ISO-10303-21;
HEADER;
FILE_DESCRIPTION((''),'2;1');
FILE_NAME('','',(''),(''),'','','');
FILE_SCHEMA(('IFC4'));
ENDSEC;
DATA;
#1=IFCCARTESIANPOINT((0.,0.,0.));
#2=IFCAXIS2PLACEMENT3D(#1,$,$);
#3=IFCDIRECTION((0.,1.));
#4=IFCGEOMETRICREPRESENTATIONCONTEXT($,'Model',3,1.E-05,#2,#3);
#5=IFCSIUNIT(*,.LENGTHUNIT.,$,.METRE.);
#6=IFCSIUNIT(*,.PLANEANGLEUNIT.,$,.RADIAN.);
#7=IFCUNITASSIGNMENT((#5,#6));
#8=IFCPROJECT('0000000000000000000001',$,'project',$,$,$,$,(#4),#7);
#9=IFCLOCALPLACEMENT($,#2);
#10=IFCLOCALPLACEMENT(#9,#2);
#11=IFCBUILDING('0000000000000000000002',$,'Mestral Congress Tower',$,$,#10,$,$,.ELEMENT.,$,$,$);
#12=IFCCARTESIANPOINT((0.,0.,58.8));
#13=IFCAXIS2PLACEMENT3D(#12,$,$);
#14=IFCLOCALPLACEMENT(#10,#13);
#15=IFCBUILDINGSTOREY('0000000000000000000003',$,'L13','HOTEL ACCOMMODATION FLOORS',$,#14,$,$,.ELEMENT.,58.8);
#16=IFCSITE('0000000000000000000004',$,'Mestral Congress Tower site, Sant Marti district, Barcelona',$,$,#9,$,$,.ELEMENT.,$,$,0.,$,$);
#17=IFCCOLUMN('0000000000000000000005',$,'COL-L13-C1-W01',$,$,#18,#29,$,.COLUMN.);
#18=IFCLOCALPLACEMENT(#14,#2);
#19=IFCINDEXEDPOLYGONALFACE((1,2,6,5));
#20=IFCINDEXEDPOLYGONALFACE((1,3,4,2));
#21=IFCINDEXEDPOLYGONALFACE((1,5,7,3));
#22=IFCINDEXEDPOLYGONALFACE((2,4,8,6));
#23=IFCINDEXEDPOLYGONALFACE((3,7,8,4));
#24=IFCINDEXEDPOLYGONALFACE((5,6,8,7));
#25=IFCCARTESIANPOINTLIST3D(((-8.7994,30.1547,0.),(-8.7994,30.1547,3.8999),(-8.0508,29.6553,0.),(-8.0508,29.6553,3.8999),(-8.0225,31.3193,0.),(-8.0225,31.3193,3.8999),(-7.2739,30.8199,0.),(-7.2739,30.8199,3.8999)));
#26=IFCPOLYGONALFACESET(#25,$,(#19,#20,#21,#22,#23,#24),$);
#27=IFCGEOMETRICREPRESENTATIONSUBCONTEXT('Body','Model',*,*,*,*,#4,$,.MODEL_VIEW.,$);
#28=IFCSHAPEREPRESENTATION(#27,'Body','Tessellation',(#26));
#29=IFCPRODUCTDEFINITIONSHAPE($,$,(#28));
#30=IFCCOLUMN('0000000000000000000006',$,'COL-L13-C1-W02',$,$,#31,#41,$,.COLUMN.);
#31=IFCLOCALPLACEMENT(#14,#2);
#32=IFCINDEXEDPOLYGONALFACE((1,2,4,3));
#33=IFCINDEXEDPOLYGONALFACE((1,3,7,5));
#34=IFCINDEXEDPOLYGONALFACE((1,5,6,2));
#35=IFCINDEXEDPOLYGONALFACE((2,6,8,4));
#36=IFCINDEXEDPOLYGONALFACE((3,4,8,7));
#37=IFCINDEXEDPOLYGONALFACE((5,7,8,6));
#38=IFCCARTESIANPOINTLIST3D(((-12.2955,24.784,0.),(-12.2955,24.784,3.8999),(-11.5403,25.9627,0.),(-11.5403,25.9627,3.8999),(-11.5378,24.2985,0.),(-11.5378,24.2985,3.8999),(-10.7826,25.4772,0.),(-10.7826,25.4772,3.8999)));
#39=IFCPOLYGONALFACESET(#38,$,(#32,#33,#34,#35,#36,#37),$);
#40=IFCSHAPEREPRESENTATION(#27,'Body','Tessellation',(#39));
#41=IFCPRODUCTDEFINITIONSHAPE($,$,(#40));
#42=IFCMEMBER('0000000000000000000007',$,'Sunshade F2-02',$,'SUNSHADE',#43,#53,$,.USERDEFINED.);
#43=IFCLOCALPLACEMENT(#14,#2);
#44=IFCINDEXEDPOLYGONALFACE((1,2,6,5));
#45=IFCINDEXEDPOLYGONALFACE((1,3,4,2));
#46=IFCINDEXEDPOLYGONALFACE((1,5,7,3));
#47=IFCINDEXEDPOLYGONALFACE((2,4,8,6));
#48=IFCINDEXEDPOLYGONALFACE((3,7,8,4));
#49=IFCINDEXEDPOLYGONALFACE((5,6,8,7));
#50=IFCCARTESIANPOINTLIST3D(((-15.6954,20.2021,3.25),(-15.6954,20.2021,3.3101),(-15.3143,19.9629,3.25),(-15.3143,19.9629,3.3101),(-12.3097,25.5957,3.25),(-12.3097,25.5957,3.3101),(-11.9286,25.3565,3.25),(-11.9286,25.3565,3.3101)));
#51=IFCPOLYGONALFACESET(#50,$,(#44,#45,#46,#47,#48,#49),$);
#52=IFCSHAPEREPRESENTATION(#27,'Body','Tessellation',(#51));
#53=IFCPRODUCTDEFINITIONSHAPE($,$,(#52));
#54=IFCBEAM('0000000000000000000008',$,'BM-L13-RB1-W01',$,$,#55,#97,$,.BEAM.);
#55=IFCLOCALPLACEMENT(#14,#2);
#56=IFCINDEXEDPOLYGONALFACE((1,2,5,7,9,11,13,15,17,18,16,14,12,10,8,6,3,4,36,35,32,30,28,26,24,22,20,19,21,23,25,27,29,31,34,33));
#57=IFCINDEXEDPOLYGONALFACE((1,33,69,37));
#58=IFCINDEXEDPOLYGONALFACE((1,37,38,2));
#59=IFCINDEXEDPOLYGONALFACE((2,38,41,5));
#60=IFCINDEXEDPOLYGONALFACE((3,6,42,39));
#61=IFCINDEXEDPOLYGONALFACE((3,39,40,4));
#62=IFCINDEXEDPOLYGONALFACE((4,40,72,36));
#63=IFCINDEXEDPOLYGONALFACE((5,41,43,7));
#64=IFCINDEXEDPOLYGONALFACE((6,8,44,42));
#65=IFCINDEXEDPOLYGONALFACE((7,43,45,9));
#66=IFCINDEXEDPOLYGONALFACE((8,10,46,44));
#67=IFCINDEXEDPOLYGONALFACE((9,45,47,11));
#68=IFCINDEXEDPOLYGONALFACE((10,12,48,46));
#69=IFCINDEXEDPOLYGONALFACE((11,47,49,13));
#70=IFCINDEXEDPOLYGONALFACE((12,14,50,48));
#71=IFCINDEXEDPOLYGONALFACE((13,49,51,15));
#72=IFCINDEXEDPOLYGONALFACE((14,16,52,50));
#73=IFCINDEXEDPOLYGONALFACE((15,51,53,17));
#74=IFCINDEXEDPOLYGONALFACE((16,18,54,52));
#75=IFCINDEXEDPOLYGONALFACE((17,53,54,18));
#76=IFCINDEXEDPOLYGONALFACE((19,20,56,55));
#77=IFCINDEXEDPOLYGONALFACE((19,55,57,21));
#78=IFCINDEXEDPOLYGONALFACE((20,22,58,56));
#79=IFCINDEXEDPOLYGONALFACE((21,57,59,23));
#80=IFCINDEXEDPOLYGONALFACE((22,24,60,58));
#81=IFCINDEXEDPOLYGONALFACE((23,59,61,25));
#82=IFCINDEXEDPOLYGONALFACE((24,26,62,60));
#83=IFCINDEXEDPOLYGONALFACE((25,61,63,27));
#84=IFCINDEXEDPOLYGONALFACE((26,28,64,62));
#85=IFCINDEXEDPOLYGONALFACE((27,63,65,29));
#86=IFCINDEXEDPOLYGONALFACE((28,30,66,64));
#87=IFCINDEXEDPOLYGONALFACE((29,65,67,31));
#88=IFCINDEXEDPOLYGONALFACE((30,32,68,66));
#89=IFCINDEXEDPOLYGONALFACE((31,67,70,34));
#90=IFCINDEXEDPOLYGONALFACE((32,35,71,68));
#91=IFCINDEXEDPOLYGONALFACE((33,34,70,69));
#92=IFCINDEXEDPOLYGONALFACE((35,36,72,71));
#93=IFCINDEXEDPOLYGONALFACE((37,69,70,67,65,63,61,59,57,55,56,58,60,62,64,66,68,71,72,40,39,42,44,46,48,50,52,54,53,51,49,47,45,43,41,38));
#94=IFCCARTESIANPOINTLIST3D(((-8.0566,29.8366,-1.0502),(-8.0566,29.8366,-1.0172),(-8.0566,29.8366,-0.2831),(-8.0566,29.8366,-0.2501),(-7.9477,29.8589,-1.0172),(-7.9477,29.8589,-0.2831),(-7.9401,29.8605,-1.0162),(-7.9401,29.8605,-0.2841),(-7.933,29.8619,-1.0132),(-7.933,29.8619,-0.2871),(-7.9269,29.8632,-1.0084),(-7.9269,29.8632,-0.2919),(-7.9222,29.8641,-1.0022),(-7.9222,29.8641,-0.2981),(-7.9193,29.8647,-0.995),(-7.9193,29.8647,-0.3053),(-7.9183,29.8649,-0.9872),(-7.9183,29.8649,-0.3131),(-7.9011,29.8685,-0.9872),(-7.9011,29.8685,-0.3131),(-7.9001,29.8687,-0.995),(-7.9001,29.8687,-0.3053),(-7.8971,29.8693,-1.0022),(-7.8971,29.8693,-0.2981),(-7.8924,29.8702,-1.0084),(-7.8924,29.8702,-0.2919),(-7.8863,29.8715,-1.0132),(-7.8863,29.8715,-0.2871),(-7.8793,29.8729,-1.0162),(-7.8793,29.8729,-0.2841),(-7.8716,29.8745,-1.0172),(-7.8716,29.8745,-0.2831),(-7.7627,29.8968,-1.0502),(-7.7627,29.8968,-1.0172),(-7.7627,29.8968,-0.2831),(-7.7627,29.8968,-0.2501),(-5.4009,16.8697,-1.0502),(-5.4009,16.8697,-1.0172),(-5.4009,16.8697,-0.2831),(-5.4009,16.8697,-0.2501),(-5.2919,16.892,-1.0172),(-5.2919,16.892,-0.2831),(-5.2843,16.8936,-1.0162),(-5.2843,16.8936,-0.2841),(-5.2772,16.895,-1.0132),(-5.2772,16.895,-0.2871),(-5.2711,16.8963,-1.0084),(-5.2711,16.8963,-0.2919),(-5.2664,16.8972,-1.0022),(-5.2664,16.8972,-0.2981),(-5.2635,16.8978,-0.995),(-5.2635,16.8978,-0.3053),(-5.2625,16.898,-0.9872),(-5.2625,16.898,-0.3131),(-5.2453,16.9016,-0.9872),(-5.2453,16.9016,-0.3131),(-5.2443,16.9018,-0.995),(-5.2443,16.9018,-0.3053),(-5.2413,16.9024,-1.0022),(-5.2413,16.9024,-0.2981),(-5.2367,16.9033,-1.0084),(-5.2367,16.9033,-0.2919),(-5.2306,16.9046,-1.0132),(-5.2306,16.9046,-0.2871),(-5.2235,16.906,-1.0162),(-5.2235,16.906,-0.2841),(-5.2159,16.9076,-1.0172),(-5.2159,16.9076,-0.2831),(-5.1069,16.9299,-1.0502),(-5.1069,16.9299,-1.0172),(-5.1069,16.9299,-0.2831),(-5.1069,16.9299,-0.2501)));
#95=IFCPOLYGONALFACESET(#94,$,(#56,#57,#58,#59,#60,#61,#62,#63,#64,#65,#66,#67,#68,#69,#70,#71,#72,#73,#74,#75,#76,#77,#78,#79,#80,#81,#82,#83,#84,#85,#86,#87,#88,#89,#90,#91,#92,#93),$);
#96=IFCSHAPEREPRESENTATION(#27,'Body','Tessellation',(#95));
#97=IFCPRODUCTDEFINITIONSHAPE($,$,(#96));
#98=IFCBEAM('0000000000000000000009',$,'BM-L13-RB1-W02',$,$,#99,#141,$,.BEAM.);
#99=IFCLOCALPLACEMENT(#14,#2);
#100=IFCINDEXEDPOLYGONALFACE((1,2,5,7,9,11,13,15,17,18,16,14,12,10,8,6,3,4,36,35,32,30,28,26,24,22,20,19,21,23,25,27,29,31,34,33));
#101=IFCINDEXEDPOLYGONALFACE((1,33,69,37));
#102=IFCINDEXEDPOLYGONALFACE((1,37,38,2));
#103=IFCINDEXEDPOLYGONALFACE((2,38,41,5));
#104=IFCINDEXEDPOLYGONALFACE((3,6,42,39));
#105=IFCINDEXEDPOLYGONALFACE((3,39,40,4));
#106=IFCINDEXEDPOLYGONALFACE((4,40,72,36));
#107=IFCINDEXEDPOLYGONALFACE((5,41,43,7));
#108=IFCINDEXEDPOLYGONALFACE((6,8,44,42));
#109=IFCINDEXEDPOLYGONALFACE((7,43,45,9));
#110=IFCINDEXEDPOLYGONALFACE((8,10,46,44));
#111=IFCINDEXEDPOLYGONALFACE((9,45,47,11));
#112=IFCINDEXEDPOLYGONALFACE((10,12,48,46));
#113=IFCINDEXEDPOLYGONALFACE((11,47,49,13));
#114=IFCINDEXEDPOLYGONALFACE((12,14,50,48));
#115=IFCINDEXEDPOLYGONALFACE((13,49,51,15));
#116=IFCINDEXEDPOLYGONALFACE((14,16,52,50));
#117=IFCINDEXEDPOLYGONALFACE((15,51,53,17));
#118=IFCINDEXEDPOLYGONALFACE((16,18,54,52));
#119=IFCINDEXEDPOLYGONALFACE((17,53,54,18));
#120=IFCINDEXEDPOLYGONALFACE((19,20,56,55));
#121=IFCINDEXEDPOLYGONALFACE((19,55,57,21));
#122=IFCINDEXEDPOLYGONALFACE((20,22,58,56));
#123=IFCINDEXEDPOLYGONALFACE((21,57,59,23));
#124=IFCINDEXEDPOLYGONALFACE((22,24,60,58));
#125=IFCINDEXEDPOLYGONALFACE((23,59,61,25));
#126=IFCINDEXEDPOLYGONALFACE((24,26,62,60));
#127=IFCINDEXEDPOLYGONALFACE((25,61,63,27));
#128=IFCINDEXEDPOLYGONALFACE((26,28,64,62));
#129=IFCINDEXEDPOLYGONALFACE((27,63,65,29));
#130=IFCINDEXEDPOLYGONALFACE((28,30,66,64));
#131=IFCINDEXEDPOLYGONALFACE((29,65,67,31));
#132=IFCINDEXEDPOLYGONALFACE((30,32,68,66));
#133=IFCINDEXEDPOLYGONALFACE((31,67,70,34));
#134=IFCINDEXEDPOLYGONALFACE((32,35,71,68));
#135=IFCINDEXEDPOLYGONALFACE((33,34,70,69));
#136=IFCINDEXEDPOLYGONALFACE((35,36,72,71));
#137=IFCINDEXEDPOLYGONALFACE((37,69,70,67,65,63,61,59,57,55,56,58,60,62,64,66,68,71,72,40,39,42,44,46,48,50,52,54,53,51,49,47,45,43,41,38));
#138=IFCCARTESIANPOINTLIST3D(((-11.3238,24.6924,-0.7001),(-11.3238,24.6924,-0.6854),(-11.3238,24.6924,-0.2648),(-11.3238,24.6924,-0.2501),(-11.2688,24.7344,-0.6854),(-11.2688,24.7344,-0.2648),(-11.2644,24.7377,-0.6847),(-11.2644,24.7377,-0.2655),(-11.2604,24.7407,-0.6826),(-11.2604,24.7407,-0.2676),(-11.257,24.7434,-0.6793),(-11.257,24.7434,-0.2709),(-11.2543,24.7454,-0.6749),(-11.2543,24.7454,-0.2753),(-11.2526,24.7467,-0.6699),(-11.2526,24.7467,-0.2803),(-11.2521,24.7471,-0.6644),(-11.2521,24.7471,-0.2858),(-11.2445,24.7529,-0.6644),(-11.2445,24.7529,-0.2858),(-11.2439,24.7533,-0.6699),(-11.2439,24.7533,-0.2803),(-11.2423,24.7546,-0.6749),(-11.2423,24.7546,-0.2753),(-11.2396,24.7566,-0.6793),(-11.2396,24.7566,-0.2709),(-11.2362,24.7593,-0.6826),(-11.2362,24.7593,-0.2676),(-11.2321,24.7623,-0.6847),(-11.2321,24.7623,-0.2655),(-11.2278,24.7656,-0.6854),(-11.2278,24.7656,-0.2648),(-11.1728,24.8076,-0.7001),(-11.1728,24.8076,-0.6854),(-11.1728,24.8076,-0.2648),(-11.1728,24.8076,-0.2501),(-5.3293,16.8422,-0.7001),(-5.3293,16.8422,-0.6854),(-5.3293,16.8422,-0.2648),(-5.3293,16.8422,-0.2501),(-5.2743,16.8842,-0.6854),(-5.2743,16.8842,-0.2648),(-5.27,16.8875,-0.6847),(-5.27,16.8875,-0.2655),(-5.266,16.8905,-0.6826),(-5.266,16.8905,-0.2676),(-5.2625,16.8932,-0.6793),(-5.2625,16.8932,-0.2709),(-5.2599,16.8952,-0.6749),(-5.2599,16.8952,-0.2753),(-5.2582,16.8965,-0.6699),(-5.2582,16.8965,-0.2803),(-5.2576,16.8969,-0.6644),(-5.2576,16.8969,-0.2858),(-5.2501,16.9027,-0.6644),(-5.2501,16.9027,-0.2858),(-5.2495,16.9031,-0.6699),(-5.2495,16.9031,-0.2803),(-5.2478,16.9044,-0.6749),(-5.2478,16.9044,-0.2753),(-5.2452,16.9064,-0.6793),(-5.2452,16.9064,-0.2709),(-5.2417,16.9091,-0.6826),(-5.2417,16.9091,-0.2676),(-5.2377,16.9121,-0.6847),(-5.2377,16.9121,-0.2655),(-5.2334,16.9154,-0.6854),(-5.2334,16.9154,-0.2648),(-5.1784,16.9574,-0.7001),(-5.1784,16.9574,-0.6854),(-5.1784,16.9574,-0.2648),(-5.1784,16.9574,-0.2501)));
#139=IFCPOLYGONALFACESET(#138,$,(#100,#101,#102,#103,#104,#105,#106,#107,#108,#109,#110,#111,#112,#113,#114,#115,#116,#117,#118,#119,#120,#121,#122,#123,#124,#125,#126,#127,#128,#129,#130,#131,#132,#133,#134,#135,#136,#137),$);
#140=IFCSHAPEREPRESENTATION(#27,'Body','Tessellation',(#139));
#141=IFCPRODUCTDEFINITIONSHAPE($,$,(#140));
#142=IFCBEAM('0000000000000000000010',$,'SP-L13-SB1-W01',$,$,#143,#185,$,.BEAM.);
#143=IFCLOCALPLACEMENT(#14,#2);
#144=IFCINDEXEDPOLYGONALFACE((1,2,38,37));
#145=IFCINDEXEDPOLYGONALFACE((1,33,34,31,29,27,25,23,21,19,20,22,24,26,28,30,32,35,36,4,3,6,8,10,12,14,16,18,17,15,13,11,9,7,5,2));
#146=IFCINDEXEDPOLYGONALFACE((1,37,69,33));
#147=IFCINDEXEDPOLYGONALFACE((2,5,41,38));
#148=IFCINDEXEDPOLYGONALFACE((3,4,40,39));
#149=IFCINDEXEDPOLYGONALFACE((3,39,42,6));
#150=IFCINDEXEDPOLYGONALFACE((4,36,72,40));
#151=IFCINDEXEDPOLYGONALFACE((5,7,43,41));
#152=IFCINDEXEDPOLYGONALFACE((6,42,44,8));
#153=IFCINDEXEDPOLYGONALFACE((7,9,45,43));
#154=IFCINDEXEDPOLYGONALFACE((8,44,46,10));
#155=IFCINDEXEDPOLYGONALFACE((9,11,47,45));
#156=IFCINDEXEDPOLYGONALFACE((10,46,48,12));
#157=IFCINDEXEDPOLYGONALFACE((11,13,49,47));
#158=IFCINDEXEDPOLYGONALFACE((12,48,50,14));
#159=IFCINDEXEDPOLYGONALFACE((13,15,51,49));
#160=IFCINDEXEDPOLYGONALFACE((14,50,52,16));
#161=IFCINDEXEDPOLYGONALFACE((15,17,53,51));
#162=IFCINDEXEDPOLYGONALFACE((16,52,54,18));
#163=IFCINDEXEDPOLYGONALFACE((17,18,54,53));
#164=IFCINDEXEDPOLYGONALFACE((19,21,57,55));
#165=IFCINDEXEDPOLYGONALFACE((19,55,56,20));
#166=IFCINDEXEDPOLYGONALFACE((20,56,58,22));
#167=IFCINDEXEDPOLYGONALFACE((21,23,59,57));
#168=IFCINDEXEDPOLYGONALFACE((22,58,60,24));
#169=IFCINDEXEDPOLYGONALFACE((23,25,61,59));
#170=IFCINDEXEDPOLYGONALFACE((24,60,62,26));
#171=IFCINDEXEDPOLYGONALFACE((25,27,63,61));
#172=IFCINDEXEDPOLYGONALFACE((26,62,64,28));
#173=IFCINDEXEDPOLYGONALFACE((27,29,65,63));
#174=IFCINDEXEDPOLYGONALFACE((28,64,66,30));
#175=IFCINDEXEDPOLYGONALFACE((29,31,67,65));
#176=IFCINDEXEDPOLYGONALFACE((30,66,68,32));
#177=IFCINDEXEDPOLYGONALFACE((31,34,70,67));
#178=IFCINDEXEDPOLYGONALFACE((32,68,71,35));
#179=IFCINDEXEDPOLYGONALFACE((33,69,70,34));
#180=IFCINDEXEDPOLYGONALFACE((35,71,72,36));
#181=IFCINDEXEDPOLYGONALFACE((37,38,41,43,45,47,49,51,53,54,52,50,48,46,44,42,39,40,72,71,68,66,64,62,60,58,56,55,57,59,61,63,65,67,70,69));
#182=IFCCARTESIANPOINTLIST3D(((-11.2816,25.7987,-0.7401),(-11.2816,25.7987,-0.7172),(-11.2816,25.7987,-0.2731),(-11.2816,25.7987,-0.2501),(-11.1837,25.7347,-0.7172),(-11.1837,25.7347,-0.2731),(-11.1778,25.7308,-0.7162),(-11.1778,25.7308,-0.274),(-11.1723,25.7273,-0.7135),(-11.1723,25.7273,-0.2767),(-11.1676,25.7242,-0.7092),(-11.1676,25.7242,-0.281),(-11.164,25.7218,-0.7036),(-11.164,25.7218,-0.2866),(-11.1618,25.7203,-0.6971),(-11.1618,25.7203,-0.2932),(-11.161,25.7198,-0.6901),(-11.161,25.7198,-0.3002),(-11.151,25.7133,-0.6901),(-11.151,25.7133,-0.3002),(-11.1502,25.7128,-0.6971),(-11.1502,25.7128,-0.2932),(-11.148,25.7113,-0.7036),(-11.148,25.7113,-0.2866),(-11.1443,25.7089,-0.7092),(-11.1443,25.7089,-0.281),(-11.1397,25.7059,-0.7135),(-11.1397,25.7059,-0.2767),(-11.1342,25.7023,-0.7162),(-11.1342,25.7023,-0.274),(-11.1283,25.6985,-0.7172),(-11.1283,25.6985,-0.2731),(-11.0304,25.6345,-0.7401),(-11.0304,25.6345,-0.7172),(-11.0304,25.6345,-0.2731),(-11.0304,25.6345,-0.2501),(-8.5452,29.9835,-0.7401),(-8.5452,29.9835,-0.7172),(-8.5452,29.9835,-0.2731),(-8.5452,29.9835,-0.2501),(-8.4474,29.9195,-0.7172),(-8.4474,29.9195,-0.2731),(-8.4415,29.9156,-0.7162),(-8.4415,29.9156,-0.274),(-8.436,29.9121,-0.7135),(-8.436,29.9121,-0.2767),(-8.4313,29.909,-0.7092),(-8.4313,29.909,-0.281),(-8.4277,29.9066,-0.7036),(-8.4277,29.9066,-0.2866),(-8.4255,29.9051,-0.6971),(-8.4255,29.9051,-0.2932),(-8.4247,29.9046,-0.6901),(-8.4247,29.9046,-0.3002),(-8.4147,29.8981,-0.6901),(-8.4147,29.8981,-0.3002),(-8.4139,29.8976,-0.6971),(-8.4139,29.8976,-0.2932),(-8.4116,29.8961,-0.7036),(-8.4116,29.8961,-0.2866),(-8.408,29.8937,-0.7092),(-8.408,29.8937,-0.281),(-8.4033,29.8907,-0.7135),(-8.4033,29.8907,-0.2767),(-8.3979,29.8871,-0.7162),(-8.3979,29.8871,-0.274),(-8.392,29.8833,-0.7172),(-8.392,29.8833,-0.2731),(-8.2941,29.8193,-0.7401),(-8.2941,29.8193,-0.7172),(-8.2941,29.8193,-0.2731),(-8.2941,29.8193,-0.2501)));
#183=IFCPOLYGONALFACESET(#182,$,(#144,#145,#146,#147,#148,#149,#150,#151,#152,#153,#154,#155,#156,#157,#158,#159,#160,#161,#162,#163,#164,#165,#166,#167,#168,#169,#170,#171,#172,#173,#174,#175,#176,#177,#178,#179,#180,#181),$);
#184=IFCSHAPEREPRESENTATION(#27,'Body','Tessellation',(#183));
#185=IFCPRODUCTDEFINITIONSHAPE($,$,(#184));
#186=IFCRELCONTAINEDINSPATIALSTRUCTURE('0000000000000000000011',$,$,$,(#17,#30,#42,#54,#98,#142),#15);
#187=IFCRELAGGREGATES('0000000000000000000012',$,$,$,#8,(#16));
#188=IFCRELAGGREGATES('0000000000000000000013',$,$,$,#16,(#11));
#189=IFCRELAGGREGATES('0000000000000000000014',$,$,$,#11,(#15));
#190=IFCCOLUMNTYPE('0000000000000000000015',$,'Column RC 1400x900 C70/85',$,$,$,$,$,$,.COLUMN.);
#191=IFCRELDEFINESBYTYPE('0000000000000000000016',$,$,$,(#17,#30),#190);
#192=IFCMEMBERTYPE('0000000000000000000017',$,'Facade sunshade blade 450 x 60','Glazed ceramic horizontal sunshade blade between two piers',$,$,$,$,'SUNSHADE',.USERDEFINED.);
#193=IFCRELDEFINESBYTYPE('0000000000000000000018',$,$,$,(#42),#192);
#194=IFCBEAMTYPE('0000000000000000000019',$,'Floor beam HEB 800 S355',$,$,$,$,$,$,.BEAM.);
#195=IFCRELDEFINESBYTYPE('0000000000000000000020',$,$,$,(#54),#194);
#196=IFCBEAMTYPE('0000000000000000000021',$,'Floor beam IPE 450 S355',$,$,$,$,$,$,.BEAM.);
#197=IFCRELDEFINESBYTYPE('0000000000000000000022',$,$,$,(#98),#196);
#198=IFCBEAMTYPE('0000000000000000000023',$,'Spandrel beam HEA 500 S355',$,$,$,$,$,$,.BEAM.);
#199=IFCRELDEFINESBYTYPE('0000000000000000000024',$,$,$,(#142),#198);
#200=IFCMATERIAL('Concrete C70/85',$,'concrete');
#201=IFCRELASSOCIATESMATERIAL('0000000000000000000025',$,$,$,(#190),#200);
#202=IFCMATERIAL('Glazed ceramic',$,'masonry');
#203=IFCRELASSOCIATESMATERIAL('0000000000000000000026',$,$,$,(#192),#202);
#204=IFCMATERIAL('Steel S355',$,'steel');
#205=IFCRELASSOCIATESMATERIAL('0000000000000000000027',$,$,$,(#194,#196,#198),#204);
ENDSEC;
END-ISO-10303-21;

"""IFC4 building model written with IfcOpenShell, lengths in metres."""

from ifc_helpers import new_model, si_unit, direction, frame, origin, origin_2d, place, context, subcontext, project, spatial, rectangle, i_section, extrude, material, material_profile, profile_set, type_object, element, save


model = new_model("IFC4")

# Units and contexts
model_context = context("Model", 3, precision=1e-05, world=origin(), true_north=direction((0.0, 1.0)))
body_context = subcontext(model_context, "Body", "Model", "MODEL_VIEW")
ifc_project = project(units=[si_unit("LENGTHUNIT", "METRE"), si_unit("PLANEANGLEUNIT", "RADIAN")], contexts=[model_context])

# Site, building, storey
site_placement = place(None, origin())
site = spatial("IfcSite", under=ifc_project, at=site_placement, Name="Mestral Congress Tower site, Sant Marti district, Barcelona", CompositionType="ELEMENT", RefElevation=0.0)
building_placement = place(site_placement, origin())
building = spatial("IfcBuilding", under=site, at=building_placement, Name="Mestral Congress Tower", CompositionType="ELEMENT")
storey_placement = place(building_placement, frame((0.0, 0.0, 58.8)))
storey = spatial("IfcBuildingStorey", under=building, at=storey_placement, Name="L13", Description="HOTEL ACCOMMODATION FLOORS", CompositionType="ELEMENT", Elevation=58.8)

# Columns
ifc_material_1 = material(Name="Concrete C70/85", Category="concrete")
ifc_material_profile_1 = material_profile(ifc_material_1, rectangle(XDim=1.3999, YDim=0.8999, at=origin_2d()), Name="RC 1400x900")
ifc_profile_set_1 = profile_set([ifc_material_profile_1], Name="Concrete C70/85")
column_type = type_object("IfcColumnType", Name="Column RC 1400x900 C70/85", PredefinedType="COLUMN", material=ifc_profile_set_1)
for number, where, z_axis, x_axis, name in (
    (1, (-8.0366, 30.4873, 0.0), (0.0, 0.0, 1.0), (-0.554949, -0.831884, 0.0), "COL-L13-C1-W01"),
    (2, (-11.5391, 25.1306, 0.0), (0.0, 0.0, 1.0), (-0.539476, -0.842001, 0.0), "COL-L13-C1-W02"),
):
    element("IfcColumn", number, at=place(storey_placement, frame(where, z_axis=z_axis, x_axis=x_axis)), inside=storey, type_object=column_type, Name=name, PredefinedType="COLUMN", context=body_context, shape_type="SweptSolid", body=[
        extrude(rectangle(XDim=1.3999, YDim=0.8999, at=origin_2d()), origin(), (0.0, 0.0, 1.0), 3.8999),
    ])

# Member
ifc_material_2 = material(Name="Glazed ceramic", Category="masonry")
ifc_material_profile_2 = material_profile(ifc_material_2, rectangle(XDim=0.45, YDim=0.0601, at=origin_2d()), Name="Ceramic blade 450 x 60")
ifc_profile_set_2 = profile_set([ifc_material_profile_2], Name="Glazed ceramic")
member_type = type_object("IfcMemberType", Name="Facade sunshade blade 450 x 60", Description="Glazed ceramic horizontal sunshade blade between two piers", ElementType="SUNSHADE", PredefinedType="USERDEFINED", material=ifc_profile_set_2)
member_placement = place(storey_placement, frame((-12.1191, 25.4761, 3.28), z_axis=(-0.531666, -0.846954, 0.0), x_axis=(0.846954, -0.531666, 0.0)))
element("IfcMember", 3, at=member_placement, inside=storey, type_object=member_type, Name="Sunshade F2-02", ObjectType="SUNSHADE", PredefinedType="USERDEFINED", context=body_context, shape_type="SweptSolid", body=[
    extrude(rectangle(XDim=0.45, YDim=0.0601, at=origin_2d()), origin(), (0.0, 0.0, 1.0), 6.3682),
])

# Beams
ifc_material_3 = material(Name="Steel S355", Category="steel")
ifc_material_profile_3 = material_profile(ifc_material_3, i_section(OverallWidth=0.3, OverallDepth=0.8, WebThickness=0.0176, FlangeThickness=0.033, FilletRadius=0.03, at=origin_2d()), Name="HEB 800")
ifc_profile_set_3 = profile_set([ifc_material_profile_3], Name="Steel S355")
beam_type_1 = type_object("IfcBeamType", Name="Floor beam HEB 800 S355", PredefinedType="BEAM", material=ifc_profile_set_3)
beam_1_placement = place(storey_placement, frame((-7.9097, 29.8667, -0.6501), z_axis=(0.200647, -0.979664, 0.0), x_axis=(0.979664, 0.200647, 0.0)))
element("IfcBeam", 4, at=beam_1_placement, inside=storey, type_object=beam_type_1, Name="BM-L13-RB1-W01", PredefinedType="BEAM", context=body_context, shape_type="SweptSolid", body=[
    extrude(i_section(OverallWidth=0.3, OverallDepth=0.8, WebThickness=0.0176, FlangeThickness=0.033, FilletRadius=0.03, at=origin_2d()), origin(), (0.0, 0.0, 1.0), 13.2361),
])
ifc_material_profile_4 = material_profile(ifc_material_3, i_section(OverallWidth=0.1899, OverallDepth=0.45, WebThickness=0.0095, FlangeThickness=0.0146, FilletRadius=0.021, at=origin_2d()), Name="IPE 450")
ifc_profile_set_4 = profile_set([ifc_material_profile_4], Name="Steel S355")
beam_type_2 = type_object("IfcBeamType", Name="Floor beam IPE 450 S355", PredefinedType="BEAM", material=ifc_profile_set_4)
beam_2_placement = place(storey_placement, frame((-11.2483, 24.75, -0.4751), z_axis=(0.606899, -0.794779, 0.0), x_axis=(0.794779, 0.606899, 0.0)))
element("IfcBeam", 5, at=beam_2_placement, inside=storey, type_object=beam_type_2, Name="BM-L13-RB1-W02", PredefinedType="BEAM", context=body_context, shape_type="SweptSolid", body=[
    extrude(i_section(OverallWidth=0.1899, OverallDepth=0.45, WebThickness=0.0095, FlangeThickness=0.0146, FilletRadius=0.021, at=origin_2d()), origin(), (0.0, 0.0, 1.0), 9.8772),
])
ifc_material_profile_5 = material_profile(ifc_material_3, i_section(OverallWidth=0.3, OverallDepth=0.49, WebThickness=0.012, FlangeThickness=0.0229, FilletRadius=0.0271, at=origin_2d()), Name="HEA 500")
ifc_profile_set_5 = profile_set([ifc_material_profile_5], Name="Steel S355")
beam_type_3 = type_object("IfcBeamType", Name="Spandrel beam HEA 500 S355", PredefinedType="BEAM", material=ifc_profile_set_5)
beam_3_placement = place(storey_placement, frame((-8.4197, 29.9014, -0.4951), z_axis=(-0.547264, -0.83696, 0.0), x_axis=(0.83696, -0.547264, 0.0)))
element("IfcBeam", 6, at=beam_3_placement, inside=storey, type_object=beam_type_3, Name="SP-L13-SB1-W01", PredefinedType="BEAM", context=body_context, shape_type="SweptSolid", body=[
    extrude(i_section(OverallWidth=0.3, OverallDepth=0.49, WebThickness=0.012, FlangeThickness=0.0229, FilletRadius=0.0271, at=origin_2d()), origin(), (0.0, 0.0, 1.0), 5.0),
])

save(model, "model.ifc")
